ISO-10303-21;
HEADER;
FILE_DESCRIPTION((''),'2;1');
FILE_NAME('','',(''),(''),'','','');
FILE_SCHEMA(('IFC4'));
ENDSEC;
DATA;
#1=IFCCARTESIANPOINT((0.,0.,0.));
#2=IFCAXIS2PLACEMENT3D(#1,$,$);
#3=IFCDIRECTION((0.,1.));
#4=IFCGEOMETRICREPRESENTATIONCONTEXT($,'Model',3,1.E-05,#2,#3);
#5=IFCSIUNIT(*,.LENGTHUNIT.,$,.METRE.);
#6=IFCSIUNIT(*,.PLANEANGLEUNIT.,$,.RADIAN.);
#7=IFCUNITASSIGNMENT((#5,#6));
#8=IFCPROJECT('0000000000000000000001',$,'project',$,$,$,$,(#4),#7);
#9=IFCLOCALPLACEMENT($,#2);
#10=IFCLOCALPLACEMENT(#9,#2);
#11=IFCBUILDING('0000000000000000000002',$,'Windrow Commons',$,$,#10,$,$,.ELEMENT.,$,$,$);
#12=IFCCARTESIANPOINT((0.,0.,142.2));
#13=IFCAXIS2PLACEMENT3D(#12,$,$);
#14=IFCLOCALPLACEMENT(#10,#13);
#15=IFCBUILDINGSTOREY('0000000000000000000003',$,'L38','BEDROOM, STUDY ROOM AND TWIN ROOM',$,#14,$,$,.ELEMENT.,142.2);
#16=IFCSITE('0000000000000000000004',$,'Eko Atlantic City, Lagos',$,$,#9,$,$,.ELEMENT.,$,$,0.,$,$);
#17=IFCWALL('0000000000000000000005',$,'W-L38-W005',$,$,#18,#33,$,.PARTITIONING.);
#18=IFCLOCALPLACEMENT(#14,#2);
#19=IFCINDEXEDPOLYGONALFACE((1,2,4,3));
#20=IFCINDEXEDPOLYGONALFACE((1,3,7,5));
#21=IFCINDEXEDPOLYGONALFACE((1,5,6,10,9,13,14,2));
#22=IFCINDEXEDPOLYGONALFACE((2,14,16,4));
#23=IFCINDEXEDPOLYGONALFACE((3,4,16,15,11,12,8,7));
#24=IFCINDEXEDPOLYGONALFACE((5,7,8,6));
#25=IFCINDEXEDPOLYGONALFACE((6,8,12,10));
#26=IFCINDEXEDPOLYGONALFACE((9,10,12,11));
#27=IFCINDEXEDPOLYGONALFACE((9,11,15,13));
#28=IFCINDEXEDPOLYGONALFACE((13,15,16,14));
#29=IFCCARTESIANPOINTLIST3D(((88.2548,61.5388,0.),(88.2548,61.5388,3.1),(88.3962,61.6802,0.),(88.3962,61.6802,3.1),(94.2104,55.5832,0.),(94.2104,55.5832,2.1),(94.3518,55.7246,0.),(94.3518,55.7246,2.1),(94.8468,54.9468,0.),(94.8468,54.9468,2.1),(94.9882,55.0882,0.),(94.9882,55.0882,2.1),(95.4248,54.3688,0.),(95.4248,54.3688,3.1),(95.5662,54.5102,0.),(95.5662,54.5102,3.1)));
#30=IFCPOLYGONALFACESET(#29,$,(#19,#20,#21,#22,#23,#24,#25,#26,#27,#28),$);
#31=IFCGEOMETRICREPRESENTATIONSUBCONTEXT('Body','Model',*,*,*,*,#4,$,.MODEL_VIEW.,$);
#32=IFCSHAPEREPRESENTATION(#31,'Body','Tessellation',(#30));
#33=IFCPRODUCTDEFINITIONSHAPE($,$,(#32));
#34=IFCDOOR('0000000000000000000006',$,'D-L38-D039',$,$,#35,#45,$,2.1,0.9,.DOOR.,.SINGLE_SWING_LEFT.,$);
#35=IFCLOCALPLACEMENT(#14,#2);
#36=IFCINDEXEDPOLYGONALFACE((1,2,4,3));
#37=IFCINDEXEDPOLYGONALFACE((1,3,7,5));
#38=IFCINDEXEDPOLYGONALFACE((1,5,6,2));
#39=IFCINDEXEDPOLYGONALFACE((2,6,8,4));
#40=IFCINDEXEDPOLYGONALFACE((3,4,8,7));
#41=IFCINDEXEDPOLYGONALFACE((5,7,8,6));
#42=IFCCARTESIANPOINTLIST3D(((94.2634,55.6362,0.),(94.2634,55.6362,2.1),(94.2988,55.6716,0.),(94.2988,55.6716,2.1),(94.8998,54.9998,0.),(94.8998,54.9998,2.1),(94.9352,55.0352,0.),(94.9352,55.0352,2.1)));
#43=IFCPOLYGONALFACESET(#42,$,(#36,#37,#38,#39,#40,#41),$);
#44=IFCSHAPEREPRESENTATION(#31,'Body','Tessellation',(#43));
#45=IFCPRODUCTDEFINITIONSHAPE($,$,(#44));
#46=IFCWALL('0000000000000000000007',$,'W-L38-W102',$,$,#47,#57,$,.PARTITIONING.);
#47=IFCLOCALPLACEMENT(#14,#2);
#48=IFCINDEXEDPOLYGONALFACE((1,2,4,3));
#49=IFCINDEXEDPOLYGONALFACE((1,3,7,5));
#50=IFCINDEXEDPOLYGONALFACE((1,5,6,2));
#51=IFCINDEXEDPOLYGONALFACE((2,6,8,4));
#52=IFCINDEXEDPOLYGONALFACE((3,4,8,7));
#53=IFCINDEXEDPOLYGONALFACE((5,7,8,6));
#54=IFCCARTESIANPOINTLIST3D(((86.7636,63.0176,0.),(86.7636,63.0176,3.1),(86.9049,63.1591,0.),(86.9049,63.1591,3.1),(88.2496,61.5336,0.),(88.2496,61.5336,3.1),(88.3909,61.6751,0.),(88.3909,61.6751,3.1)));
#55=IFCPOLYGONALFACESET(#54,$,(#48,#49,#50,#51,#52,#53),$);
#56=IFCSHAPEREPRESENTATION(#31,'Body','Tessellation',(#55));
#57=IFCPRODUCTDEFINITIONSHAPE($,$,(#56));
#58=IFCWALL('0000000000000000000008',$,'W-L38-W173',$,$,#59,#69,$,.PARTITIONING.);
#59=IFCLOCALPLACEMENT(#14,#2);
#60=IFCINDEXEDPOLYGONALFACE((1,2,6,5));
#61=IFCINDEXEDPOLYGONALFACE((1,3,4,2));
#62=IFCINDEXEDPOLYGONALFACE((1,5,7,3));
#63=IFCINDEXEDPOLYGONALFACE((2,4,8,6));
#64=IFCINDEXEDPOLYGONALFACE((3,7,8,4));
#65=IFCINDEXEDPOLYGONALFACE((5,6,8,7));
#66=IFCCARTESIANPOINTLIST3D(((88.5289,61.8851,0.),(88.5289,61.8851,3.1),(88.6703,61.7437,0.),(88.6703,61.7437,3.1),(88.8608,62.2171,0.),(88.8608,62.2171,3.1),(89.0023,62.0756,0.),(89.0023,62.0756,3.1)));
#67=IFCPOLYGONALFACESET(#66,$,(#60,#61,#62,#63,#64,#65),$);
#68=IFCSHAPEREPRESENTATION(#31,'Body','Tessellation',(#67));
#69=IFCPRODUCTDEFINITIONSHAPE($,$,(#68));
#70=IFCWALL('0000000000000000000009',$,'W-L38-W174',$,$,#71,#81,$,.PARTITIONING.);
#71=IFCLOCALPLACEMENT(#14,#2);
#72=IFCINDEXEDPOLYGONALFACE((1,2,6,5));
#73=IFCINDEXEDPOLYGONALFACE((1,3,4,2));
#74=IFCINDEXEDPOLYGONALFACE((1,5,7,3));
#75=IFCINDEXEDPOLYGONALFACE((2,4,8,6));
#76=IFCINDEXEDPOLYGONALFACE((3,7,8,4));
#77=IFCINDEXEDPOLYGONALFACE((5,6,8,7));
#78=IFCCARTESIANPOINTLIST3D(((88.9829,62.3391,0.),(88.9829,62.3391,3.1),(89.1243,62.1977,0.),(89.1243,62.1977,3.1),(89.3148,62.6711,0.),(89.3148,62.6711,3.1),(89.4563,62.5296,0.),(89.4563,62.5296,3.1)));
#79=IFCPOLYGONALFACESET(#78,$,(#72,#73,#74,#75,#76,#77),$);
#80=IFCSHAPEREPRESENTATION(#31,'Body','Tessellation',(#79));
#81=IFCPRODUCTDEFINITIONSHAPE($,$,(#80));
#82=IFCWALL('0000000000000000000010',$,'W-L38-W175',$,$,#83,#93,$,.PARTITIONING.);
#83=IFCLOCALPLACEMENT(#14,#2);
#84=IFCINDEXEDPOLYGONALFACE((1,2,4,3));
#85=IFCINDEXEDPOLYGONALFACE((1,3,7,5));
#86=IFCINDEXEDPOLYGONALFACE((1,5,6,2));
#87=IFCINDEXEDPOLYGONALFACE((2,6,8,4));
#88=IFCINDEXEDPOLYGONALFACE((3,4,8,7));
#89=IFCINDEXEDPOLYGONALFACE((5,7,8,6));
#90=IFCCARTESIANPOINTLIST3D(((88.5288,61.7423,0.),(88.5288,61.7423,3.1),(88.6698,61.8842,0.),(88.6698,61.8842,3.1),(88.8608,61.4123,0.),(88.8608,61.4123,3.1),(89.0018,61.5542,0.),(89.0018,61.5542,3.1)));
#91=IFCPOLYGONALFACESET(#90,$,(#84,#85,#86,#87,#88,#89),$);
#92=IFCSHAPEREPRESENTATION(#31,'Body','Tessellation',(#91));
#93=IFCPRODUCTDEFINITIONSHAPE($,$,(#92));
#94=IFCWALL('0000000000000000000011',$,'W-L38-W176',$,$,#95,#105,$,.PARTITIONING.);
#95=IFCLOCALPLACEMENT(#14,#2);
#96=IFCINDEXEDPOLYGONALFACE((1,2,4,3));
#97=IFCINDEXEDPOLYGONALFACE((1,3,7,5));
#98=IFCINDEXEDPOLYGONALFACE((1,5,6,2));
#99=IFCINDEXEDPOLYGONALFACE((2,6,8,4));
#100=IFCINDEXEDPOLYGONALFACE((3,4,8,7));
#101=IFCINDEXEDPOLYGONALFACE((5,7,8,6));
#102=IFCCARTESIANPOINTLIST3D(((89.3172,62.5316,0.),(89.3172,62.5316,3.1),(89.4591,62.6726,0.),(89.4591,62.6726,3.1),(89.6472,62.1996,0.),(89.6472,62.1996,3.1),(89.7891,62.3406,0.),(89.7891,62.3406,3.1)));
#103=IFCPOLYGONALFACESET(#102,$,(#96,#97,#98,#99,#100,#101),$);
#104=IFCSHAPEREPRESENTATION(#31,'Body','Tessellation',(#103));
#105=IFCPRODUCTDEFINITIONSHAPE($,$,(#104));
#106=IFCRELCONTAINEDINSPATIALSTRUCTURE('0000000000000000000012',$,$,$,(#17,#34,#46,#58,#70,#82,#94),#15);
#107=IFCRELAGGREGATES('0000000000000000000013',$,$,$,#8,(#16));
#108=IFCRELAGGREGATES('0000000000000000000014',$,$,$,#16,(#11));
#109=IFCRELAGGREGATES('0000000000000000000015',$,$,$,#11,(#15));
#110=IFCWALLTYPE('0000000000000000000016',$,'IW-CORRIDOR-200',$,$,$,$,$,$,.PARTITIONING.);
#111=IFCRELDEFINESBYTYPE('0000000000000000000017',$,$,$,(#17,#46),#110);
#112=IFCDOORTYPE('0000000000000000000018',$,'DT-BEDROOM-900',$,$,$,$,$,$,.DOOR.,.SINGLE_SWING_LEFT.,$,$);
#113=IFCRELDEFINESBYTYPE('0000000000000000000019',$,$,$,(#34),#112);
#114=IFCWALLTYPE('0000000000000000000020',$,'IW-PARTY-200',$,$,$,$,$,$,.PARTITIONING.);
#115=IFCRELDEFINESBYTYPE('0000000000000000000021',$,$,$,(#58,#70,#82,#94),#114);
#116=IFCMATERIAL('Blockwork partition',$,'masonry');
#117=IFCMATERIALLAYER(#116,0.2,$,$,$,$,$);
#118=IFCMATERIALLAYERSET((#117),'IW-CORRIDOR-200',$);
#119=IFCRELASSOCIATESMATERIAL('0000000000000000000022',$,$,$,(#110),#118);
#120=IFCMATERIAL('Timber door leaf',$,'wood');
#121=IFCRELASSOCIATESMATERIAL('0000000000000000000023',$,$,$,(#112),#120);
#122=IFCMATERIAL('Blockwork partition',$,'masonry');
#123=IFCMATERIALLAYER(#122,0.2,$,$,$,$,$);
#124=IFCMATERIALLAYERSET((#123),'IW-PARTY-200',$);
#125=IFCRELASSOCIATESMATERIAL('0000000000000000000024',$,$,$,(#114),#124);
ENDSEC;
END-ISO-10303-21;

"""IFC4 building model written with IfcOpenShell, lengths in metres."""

from ifc_helpers import new_model, si_unit, direction, frame, frame_2d, origin, place, context, subcontext, project, spatial, rectangle, extrude, material, layer, layer_set, type_object, element, fill, save


model = new_model("IFC4")

# Units and contexts
model_context = context("Model", 3, precision=1e-05, world=origin(), true_north=direction((0.0, 1.0)))
body_context = subcontext(model_context, "Body", "Model", "MODEL_VIEW")
ifc_project = project(units=[si_unit("LENGTHUNIT", "METRE"), si_unit("PLANEANGLEUNIT", "RADIAN")], contexts=[model_context])

# Site, building, storey
site_placement = place(None, origin())
site = spatial("IfcSite", under=ifc_project, at=site_placement, Name="Eko Atlantic City, Lagos", CompositionType="ELEMENT", RefElevation=0.0)
building_placement = place(site_placement, origin())
building = spatial("IfcBuilding", under=site, at=building_placement, Name="Windrow Commons", CompositionType="ELEMENT")
storey_placement = place(building_placement, frame((0.0, 0.0, 142.2)))
storey = spatial("IfcBuildingStorey", under=building, at=storey_placement, Name="L38", Description="BEDROOM, STUDY ROOM AND TWIN ROOM", CompositionType="ELEMENT", Elevation=142.2)

# Wall, opening, door
ifc_material_1 = material(Name="Blockwork partition", Category="masonry")
ifc_layer_1 = layer(ifc_material_1, 0.2)
ifc_layer_set_1 = layer_set([ifc_layer_1], Name="IW-CORRIDOR-200")
wall_type_1 = type_object("IfcWallType", Name="IW-CORRIDOR-200", PredefinedType="PARTITIONING", material=ifc_layer_set_1)
wall_1_placement = place(storey_placement, frame((88.3255, 61.6095, 0.0), z_axis=(0.0, 0.0, 1.0), x_axis=(0.707107, -0.707107, 0.0)))
wall_1 = element("IfcWall", 1, at=wall_1_placement, inside=storey, type_object=wall_type_1, Name="W-L38-W005", PredefinedType="PARTITIONING", context=body_context, shape_type="SweptSolid", body=[
    extrude(rectangle(XDim=10.1399, YDim=0.2, at=frame_2d((5.07, 0.0))), origin(), (0.0, 0.0, 1.0), 3.1),
])
opening_1_placement = place(wall_1_placement, frame((8.4225, 0.0, 0.0)))
opening_1 = element("IfcOpeningElement", 2, at=opening_1_placement, cuts=wall_1, PredefinedType="OPENING", context=body_context, shape_type="SweptSolid", body=[
    extrude(rectangle(XDim=0.9, YDim=2.1, at=frame_2d((0.45, 1.05))), frame((0.0, 0.11, 0.0), z_axis=(0.0, -1.0, 0.0), x_axis=(1.0, 0.0, 0.0)), (0.0, 0.0, 1.0), 0.22),
])
ifc_material_2 = material(Name="Timber door leaf", Category="wood")
door_type = type_object("IfcDoorType", Name="DT-BEDROOM-900", OperationType="SINGLE_SWING_LEFT", PredefinedType="DOOR", material=ifc_material_2)
door_placement = place(opening_1_placement, origin())
door = element("IfcDoor", 3, at=door_placement, inside=storey, type_object=door_type, Name="D-L38-D039", OperationType="SINGLE_SWING_LEFT", OverallHeight=2.1, OverallWidth=0.9, PredefinedType="DOOR", context=body_context, shape_type="SweptSolid", body=[
    extrude(rectangle(XDim=0.9, YDim=2.1, at=frame_2d((0.45, 1.05))), frame((0.0, 0.025, 0.0), z_axis=(0.0, -1.0, 0.0), x_axis=(1.0, 0.0, 0.0)), (0.0, 0.0, 1.0), 0.05),
])
fill(opening_1, door)

# Walls
wall_2_placement = place(storey_placement, frame((86.8343, 63.0883, 0.0), z_axis=(0.0, 0.0, 1.0), x_axis=(0.707583, -0.70663, 0.0)))
element("IfcWall", 4, at=wall_2_placement, inside=storey, type_object=wall_type_1, Name="W-L38-W102", PredefinedType="PARTITIONING", context=body_context, shape_type="SweptSolid", body=[
    extrude(rectangle(XDim=2.1001, YDim=0.2, at=frame_2d((1.05, 0.0))), origin(), (0.0, 0.0, 1.0), 3.1),
])
ifc_material_3 = material(Name="Blockwork partition", Category="masonry")
ifc_layer_2 = layer(ifc_material_3, 0.2)
ifc_layer_set_2 = layer_set([ifc_layer_2], Name="IW-PARTY-200")
wall_type_2 = type_object("IfcWallType", Name="IW-PARTY-200", PredefinedType="PARTITIONING", material=ifc_layer_set_2)
for number, where, z_axis, x_axis, name in (
    (5, (88.5996, 61.8144, 0.0), (0.0, 0.0, 1.0), (0.707107, 0.707107, 0.0), "W-L38-W173"),
    (6, (89.0536, 62.2684, 0.0), (0.0, 0.0, 1.0), (0.707107, 0.707107, 0.0), "W-L38-W174"),
):
    element("IfcWall", number, at=place(storey_placement, frame(where, z_axis=z_axis, x_axis=x_axis)), inside=storey, type_object=wall_type_2, Name=name, PredefinedType="PARTITIONING", context=body_context, shape_type="SweptSolid", body=[
        extrude(rectangle(XDim=0.4695, YDim=0.2, at=frame_2d((0.2347, 0.0))), origin(), (0.0, 0.0, 1.0), 3.1),
    ])
for number, where, z_axis, x_axis, name in (
    (7, (88.5993, 61.8133, 0.0), (0.0, 0.0, 1.0), (0.70924, -0.704967, 0.0), "W-L38-W175"),
    (8, (89.3881, 62.6021, 0.0), (0.0, 0.0, 1.0), (0.704967, -0.70924, 0.0), "W-L38-W176"),
):
    element("IfcWall", number, at=place(storey_placement, frame(where, z_axis=z_axis, x_axis=x_axis)), inside=storey, type_object=wall_type_2, Name=name, PredefinedType="PARTITIONING", context=body_context, shape_type="SweptSolid", body=[
        extrude(rectangle(XDim=0.4681, YDim=0.2, at=frame_2d((0.2341, 0.0))), origin(), (0.0, 0.0, 1.0), 3.1),
    ])

save(model, "model.ifc")
